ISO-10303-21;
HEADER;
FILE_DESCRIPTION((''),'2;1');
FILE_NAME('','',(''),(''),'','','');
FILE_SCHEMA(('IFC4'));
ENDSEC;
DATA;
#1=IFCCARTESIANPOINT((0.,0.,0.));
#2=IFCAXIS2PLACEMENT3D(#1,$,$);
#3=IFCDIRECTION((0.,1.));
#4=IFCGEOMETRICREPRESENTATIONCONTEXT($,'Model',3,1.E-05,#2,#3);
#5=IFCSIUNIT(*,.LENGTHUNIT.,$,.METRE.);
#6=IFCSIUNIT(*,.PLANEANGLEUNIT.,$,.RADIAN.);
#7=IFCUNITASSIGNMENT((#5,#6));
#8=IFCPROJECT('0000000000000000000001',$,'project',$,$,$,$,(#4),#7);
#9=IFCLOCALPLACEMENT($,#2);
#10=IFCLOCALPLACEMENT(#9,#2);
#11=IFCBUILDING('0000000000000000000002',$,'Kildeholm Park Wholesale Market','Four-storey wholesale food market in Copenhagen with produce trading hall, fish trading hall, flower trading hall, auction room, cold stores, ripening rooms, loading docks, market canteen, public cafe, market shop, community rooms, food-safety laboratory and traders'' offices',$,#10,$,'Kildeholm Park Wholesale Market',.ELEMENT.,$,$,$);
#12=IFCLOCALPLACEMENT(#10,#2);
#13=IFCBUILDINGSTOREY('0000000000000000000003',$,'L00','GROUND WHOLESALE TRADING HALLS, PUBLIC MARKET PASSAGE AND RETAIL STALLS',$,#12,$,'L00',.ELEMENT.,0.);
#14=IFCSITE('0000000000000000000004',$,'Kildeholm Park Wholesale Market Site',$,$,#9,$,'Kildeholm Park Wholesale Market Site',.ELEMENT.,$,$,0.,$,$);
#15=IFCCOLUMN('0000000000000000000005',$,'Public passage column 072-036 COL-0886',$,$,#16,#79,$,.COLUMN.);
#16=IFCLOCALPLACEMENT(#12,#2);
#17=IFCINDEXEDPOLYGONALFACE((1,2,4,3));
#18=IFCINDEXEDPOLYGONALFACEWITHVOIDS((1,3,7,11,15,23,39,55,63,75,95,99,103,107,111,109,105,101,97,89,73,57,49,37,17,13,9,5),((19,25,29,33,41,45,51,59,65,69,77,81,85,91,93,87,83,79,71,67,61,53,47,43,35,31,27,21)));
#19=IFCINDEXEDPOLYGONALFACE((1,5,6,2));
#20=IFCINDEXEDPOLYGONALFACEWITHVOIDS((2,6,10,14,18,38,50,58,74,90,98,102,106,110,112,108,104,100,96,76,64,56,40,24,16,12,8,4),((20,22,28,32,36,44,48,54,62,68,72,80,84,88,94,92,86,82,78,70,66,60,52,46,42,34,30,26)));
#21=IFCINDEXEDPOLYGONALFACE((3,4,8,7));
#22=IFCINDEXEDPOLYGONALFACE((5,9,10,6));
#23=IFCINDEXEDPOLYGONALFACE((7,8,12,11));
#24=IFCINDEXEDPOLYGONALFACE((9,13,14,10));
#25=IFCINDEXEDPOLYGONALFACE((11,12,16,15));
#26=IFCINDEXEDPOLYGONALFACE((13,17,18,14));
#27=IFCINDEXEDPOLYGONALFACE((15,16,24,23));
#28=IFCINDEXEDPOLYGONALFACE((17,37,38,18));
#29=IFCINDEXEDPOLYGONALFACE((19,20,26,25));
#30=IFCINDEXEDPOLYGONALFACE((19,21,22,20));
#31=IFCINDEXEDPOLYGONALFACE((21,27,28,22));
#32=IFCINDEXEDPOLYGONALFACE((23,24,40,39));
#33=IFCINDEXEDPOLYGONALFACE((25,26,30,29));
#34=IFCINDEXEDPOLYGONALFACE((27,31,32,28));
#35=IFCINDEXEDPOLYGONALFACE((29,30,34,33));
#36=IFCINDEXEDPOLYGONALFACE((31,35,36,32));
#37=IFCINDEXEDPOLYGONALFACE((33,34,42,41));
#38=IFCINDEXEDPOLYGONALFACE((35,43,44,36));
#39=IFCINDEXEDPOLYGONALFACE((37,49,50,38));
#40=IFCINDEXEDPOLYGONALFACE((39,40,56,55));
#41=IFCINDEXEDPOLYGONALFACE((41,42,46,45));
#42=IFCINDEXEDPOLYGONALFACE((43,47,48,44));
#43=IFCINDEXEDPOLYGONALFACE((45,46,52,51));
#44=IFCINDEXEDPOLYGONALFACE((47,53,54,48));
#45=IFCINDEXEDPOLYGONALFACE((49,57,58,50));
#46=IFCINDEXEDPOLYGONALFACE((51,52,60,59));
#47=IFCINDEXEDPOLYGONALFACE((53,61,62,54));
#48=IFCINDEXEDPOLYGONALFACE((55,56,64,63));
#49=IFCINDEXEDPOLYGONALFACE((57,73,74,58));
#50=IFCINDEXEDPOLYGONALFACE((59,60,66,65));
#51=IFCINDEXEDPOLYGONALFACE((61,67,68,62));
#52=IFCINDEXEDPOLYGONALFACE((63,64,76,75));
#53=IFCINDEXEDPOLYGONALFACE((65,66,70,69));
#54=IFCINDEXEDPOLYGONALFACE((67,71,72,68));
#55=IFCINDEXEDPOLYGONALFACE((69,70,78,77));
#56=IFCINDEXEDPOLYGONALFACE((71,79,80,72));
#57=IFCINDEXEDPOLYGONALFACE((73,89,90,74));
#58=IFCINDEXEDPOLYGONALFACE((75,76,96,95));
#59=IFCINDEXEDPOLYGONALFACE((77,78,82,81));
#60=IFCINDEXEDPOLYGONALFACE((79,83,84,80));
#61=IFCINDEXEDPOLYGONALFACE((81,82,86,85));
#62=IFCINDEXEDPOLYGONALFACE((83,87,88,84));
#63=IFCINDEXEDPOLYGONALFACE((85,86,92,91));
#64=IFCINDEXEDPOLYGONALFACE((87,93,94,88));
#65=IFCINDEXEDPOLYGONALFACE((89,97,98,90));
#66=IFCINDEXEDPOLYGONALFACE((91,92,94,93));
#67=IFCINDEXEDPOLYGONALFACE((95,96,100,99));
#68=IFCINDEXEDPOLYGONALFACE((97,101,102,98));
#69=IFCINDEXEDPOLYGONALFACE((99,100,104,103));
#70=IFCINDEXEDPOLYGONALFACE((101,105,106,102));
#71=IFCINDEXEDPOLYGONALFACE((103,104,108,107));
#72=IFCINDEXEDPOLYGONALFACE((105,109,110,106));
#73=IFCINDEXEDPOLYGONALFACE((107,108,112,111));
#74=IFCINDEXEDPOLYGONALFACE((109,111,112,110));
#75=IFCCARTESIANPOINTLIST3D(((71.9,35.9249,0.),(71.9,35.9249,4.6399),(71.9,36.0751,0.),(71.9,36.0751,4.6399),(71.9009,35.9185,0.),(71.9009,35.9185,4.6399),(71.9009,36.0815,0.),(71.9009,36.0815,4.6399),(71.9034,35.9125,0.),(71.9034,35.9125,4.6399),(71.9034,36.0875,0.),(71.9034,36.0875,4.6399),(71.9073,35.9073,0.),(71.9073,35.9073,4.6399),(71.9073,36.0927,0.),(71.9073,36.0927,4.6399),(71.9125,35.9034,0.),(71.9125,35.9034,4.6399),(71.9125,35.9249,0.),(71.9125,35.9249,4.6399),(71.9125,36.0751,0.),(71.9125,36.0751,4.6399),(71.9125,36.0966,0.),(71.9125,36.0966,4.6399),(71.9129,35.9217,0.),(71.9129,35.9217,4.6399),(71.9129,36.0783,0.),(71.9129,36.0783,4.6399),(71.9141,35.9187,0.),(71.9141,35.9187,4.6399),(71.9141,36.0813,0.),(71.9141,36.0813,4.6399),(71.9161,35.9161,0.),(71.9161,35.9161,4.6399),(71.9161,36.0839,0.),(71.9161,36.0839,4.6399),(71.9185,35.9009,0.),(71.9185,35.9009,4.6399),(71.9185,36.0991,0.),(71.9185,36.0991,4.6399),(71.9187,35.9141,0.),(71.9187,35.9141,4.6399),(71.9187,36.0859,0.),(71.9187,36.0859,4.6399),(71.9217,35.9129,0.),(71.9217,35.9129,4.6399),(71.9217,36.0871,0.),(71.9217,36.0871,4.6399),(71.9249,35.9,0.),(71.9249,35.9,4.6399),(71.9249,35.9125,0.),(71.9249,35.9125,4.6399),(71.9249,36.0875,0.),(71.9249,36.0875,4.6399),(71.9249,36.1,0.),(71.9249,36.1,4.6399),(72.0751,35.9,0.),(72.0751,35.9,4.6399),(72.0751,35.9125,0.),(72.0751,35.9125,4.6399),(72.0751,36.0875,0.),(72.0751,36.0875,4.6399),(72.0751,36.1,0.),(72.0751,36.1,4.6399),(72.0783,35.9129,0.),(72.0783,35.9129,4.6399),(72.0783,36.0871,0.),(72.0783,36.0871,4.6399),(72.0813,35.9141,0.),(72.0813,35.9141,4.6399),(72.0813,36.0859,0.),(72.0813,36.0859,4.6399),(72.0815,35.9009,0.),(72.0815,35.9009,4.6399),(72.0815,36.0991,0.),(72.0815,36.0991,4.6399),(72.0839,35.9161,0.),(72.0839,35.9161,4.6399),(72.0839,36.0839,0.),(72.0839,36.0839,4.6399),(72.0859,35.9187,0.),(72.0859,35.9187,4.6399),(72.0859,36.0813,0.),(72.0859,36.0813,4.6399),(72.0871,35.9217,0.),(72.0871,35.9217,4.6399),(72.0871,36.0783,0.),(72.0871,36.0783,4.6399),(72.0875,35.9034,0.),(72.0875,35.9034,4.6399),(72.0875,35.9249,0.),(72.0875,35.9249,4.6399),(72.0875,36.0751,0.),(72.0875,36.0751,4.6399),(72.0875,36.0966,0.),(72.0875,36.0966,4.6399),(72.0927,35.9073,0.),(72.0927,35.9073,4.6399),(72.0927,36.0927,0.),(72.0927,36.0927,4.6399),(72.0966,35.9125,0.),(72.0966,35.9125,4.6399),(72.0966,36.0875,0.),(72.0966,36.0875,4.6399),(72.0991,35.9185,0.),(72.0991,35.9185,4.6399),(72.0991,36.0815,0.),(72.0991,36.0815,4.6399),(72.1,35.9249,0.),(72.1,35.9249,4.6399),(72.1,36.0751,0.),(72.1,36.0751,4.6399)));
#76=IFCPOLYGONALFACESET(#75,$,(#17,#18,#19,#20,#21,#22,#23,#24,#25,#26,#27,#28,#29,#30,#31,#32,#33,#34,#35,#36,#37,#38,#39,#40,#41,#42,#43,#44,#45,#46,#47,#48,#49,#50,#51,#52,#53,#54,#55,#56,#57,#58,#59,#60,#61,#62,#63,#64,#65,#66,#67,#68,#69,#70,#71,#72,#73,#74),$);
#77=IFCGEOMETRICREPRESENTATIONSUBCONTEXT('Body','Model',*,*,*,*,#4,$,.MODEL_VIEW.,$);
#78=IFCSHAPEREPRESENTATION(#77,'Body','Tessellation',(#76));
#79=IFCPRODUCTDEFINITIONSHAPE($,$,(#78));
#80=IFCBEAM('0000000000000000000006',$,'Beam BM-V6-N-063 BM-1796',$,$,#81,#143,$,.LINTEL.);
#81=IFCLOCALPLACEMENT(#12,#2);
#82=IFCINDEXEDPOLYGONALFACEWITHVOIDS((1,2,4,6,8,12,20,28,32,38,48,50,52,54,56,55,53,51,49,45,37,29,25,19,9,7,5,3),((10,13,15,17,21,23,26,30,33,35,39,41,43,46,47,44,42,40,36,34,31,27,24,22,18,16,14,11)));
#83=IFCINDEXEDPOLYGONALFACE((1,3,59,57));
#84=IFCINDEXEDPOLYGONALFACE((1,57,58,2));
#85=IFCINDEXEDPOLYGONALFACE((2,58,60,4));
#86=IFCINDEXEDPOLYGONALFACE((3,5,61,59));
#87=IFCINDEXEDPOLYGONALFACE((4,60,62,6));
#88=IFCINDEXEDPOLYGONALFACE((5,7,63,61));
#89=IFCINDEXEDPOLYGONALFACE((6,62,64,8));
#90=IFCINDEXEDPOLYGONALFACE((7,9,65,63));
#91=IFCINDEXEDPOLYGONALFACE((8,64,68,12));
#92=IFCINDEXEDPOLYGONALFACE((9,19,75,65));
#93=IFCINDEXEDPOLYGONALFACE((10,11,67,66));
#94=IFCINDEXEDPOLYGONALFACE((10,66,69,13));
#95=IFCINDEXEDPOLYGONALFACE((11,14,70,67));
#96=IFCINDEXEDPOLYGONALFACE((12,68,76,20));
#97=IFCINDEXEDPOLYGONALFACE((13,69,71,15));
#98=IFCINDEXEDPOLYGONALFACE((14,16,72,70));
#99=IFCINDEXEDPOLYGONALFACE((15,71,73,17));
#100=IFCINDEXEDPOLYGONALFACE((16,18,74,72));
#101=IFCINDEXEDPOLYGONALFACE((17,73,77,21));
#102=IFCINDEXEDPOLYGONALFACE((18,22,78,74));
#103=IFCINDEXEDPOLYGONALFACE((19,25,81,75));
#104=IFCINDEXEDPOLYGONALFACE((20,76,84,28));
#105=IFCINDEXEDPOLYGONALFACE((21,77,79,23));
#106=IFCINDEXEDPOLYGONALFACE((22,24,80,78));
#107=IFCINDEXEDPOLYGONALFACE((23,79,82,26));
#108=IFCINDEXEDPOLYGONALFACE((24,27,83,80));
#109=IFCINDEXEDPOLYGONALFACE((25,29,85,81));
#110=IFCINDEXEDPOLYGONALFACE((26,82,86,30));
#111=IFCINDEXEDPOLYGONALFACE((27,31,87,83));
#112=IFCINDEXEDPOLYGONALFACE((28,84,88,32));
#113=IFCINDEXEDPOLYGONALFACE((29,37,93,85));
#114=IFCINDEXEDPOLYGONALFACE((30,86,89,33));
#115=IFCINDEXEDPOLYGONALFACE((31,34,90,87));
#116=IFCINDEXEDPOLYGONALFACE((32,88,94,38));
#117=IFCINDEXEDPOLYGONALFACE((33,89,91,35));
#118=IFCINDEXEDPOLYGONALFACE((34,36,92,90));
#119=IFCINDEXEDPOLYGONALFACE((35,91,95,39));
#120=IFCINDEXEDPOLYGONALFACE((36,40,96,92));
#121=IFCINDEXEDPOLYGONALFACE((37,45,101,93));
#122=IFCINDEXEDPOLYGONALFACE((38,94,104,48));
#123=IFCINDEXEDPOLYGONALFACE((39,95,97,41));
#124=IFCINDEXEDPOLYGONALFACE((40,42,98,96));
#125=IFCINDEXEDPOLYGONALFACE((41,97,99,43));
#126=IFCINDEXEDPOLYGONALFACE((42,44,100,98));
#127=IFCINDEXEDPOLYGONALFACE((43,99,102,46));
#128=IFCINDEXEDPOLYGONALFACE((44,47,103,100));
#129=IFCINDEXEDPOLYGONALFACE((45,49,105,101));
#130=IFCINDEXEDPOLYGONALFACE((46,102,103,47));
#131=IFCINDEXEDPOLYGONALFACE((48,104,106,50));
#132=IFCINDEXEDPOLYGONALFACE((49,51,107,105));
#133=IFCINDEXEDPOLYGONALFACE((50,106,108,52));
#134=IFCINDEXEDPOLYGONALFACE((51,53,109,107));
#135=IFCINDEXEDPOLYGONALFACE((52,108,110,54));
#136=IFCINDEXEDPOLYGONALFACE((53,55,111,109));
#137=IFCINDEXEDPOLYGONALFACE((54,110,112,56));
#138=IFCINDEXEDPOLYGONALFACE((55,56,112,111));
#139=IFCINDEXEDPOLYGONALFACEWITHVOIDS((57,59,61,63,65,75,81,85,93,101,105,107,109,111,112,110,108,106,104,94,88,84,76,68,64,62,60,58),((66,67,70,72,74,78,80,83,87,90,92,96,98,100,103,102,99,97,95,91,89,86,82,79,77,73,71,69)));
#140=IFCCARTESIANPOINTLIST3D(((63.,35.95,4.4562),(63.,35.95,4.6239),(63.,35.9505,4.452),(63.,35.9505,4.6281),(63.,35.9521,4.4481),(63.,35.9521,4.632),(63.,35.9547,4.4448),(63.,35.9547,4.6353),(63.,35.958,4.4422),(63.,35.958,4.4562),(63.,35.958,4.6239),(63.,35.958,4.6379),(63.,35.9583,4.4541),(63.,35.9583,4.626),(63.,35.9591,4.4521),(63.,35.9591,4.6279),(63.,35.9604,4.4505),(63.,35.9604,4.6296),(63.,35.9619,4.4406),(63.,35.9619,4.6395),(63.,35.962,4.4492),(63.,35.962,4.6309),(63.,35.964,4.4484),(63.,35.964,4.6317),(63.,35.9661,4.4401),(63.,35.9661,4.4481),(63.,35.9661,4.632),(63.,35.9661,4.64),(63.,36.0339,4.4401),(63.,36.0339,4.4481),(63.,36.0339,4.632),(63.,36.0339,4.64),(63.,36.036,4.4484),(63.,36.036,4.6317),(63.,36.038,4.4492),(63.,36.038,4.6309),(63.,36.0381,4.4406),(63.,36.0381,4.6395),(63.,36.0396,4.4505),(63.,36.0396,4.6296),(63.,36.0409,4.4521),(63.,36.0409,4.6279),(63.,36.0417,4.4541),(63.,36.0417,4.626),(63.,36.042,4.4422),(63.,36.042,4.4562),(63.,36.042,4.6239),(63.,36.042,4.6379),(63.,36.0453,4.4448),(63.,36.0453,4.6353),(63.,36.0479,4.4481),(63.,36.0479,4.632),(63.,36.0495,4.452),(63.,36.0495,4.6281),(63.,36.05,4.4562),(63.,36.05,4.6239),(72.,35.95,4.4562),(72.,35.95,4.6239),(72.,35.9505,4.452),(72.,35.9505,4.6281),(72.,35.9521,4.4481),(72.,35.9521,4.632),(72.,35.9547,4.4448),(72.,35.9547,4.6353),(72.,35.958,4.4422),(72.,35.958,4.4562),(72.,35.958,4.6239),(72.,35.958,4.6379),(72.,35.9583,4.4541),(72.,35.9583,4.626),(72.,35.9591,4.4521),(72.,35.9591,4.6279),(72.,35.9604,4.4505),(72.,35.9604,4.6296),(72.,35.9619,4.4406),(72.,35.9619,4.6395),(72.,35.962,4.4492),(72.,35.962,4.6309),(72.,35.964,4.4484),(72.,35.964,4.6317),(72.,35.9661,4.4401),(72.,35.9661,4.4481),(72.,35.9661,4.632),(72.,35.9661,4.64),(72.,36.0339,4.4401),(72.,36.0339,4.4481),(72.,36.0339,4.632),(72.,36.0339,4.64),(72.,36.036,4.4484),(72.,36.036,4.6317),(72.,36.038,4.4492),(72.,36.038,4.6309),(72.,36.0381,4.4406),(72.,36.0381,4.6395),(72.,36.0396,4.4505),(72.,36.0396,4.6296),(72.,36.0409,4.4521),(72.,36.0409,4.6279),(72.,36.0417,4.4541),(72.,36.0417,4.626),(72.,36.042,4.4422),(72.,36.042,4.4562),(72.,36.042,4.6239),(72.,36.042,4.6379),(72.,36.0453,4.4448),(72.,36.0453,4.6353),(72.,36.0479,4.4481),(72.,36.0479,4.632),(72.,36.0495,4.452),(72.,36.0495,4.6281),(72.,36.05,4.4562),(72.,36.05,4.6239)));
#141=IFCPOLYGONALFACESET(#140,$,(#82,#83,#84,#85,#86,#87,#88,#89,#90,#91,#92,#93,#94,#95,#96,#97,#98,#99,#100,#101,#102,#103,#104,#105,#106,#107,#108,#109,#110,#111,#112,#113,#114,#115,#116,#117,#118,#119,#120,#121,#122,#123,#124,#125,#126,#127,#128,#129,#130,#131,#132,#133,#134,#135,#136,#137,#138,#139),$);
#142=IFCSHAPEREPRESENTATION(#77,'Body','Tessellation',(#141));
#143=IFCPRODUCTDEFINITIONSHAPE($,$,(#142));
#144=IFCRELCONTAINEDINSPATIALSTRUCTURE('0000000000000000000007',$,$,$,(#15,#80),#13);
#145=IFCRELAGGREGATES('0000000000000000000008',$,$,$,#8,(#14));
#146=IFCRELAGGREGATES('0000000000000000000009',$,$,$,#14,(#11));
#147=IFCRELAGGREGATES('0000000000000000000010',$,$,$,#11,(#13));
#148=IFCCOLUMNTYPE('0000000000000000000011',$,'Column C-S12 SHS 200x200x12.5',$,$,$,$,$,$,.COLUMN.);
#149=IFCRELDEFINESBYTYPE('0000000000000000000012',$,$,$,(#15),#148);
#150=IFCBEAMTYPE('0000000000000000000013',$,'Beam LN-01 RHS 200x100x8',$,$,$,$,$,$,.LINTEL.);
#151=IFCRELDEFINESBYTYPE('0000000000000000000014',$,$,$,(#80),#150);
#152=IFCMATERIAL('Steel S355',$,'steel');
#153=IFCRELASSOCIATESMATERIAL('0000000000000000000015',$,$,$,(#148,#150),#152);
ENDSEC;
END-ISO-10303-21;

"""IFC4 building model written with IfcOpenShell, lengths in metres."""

from ifc_helpers import new_model, si_unit, direction, frame, origin, origin_2d, place, context, subcontext, project, spatial, hollow_rectangle, extrude, material, material_profile, profile_set, type_object, element, save


model = new_model("IFC4")

# Units and contexts
model_context = context("Model", 3, precision=1e-05, world=origin(), true_north=direction((0.0, 1.0)))
body_context = subcontext(model_context, "Body", "Model", "MODEL_VIEW")
ifc_project = project(units=[si_unit("LENGTHUNIT", "METRE"), si_unit("PLANEANGLEUNIT", "RADIAN")], contexts=[model_context])

# Site, building, storey
site_placement = place(None, origin())
site = spatial("IfcSite", under=ifc_project, at=site_placement, Name="Kildeholm Park Wholesale Market Site", LongName="Kildeholm Park Wholesale Market Site", CompositionType="ELEMENT", RefElevation=0.0)
building_placement = place(site_placement, origin())
building = spatial("IfcBuilding", under=site, at=building_placement, Name="Kildeholm Park Wholesale Market", Description="Four-storey wholesale food market in Copenhagen with produce trading hall, fish trading hall, flower trading hall, auction room, cold stores, ripening rooms, loading docks, market canteen, public cafe, market shop, community rooms, food-safety laboratory and traders' offices", LongName="Kildeholm Park Wholesale Market", CompositionType="ELEMENT")
storey_placement = place(building_placement, origin())
storey = spatial("IfcBuildingStorey", under=building, at=storey_placement, Name="L00", Description="GROUND WHOLESALE TRADING HALLS, PUBLIC MARKET PASSAGE AND RETAIL STALLS", LongName="L00", CompositionType="ELEMENT", Elevation=0.0)

# Column
ifc_material_1 = material(Name="Steel S355", Category="steel")
ifc_material_profile_1 = material_profile(ifc_material_1, hollow_rectangle(XDim=0.2, YDim=0.2, WallThickness=0.0125, InnerFilletRadius=0.0125, OuterFilletRadius=0.0249, at=origin_2d()), Name="SHS 200x200x12.5")
ifc_profile_set_1 = profile_set([ifc_material_profile_1], Name="Steel S355")
column_type_1 = type_object("IfcColumnType", Name="Column C-S12 SHS 200x200x12.5", PredefinedType="COLUMN", material=ifc_profile_set_1)
column_placement = place(storey_placement, frame((72.0, 36.0, 0.0), z_axis=(0.0, 0.0, 1.0), x_axis=(1.0, 0.0, 0.0)))
element("IfcColumn", 1, at=column_placement, inside=storey, type_object=column_type_1, Name="Public passage column 072-036 COL-0886", PredefinedType="COLUMN", context=body_context, shape_type="SweptSolid", body=[
    extrude(hollow_rectangle(XDim=0.2, YDim=0.2, WallThickness=0.0125, InnerFilletRadius=0.0125, OuterFilletRadius=0.0249, at=origin_2d()), origin(), (0.0, 0.0, 1.0), 4.6399),
])

# Beam
ifc_material_profile_2 = material_profile(ifc_material_1, hollow_rectangle(XDim=0.1001, YDim=0.2, WallThickness=0.0081, InnerFilletRadius=0.0081, OuterFilletRadius=0.0161, at=origin_2d()), Name="RHS 200x100x8")
ifc_profile_set_2 = profile_set([ifc_material_profile_2], Name="Steel S355")
beam_type = type_object("IfcBeamType", Name="Beam LN-01 RHS 200x100x8", PredefinedType="LINTEL", material=ifc_profile_set_2)
for number, where, z_axis, x_axis, name in (
    (2, (63.0, 36.0, 4.54), (1.0, 0.0, 0.0), (0.0, 1.0, 0.0), "Beam BM-V6-N-063 BM-1796"),
):
    element("IfcBeam", number, at=place(storey_placement, frame(where, z_axis=z_axis, x_axis=x_axis)), inside=storey, type_object=beam_type, Name=name, PredefinedType="LINTEL", context=body_context, shape_type="SweptSolid", body=[
        extrude(hollow_rectangle(XDim=0.1001, YDim=0.2, WallThickness=0.0081, InnerFilletRadius=0.0081, OuterFilletRadius=0.0161, at=origin_2d()), origin(), (0.0, 0.0, 1.0), 9.0),
    ])

save(model, "model.ifc")
